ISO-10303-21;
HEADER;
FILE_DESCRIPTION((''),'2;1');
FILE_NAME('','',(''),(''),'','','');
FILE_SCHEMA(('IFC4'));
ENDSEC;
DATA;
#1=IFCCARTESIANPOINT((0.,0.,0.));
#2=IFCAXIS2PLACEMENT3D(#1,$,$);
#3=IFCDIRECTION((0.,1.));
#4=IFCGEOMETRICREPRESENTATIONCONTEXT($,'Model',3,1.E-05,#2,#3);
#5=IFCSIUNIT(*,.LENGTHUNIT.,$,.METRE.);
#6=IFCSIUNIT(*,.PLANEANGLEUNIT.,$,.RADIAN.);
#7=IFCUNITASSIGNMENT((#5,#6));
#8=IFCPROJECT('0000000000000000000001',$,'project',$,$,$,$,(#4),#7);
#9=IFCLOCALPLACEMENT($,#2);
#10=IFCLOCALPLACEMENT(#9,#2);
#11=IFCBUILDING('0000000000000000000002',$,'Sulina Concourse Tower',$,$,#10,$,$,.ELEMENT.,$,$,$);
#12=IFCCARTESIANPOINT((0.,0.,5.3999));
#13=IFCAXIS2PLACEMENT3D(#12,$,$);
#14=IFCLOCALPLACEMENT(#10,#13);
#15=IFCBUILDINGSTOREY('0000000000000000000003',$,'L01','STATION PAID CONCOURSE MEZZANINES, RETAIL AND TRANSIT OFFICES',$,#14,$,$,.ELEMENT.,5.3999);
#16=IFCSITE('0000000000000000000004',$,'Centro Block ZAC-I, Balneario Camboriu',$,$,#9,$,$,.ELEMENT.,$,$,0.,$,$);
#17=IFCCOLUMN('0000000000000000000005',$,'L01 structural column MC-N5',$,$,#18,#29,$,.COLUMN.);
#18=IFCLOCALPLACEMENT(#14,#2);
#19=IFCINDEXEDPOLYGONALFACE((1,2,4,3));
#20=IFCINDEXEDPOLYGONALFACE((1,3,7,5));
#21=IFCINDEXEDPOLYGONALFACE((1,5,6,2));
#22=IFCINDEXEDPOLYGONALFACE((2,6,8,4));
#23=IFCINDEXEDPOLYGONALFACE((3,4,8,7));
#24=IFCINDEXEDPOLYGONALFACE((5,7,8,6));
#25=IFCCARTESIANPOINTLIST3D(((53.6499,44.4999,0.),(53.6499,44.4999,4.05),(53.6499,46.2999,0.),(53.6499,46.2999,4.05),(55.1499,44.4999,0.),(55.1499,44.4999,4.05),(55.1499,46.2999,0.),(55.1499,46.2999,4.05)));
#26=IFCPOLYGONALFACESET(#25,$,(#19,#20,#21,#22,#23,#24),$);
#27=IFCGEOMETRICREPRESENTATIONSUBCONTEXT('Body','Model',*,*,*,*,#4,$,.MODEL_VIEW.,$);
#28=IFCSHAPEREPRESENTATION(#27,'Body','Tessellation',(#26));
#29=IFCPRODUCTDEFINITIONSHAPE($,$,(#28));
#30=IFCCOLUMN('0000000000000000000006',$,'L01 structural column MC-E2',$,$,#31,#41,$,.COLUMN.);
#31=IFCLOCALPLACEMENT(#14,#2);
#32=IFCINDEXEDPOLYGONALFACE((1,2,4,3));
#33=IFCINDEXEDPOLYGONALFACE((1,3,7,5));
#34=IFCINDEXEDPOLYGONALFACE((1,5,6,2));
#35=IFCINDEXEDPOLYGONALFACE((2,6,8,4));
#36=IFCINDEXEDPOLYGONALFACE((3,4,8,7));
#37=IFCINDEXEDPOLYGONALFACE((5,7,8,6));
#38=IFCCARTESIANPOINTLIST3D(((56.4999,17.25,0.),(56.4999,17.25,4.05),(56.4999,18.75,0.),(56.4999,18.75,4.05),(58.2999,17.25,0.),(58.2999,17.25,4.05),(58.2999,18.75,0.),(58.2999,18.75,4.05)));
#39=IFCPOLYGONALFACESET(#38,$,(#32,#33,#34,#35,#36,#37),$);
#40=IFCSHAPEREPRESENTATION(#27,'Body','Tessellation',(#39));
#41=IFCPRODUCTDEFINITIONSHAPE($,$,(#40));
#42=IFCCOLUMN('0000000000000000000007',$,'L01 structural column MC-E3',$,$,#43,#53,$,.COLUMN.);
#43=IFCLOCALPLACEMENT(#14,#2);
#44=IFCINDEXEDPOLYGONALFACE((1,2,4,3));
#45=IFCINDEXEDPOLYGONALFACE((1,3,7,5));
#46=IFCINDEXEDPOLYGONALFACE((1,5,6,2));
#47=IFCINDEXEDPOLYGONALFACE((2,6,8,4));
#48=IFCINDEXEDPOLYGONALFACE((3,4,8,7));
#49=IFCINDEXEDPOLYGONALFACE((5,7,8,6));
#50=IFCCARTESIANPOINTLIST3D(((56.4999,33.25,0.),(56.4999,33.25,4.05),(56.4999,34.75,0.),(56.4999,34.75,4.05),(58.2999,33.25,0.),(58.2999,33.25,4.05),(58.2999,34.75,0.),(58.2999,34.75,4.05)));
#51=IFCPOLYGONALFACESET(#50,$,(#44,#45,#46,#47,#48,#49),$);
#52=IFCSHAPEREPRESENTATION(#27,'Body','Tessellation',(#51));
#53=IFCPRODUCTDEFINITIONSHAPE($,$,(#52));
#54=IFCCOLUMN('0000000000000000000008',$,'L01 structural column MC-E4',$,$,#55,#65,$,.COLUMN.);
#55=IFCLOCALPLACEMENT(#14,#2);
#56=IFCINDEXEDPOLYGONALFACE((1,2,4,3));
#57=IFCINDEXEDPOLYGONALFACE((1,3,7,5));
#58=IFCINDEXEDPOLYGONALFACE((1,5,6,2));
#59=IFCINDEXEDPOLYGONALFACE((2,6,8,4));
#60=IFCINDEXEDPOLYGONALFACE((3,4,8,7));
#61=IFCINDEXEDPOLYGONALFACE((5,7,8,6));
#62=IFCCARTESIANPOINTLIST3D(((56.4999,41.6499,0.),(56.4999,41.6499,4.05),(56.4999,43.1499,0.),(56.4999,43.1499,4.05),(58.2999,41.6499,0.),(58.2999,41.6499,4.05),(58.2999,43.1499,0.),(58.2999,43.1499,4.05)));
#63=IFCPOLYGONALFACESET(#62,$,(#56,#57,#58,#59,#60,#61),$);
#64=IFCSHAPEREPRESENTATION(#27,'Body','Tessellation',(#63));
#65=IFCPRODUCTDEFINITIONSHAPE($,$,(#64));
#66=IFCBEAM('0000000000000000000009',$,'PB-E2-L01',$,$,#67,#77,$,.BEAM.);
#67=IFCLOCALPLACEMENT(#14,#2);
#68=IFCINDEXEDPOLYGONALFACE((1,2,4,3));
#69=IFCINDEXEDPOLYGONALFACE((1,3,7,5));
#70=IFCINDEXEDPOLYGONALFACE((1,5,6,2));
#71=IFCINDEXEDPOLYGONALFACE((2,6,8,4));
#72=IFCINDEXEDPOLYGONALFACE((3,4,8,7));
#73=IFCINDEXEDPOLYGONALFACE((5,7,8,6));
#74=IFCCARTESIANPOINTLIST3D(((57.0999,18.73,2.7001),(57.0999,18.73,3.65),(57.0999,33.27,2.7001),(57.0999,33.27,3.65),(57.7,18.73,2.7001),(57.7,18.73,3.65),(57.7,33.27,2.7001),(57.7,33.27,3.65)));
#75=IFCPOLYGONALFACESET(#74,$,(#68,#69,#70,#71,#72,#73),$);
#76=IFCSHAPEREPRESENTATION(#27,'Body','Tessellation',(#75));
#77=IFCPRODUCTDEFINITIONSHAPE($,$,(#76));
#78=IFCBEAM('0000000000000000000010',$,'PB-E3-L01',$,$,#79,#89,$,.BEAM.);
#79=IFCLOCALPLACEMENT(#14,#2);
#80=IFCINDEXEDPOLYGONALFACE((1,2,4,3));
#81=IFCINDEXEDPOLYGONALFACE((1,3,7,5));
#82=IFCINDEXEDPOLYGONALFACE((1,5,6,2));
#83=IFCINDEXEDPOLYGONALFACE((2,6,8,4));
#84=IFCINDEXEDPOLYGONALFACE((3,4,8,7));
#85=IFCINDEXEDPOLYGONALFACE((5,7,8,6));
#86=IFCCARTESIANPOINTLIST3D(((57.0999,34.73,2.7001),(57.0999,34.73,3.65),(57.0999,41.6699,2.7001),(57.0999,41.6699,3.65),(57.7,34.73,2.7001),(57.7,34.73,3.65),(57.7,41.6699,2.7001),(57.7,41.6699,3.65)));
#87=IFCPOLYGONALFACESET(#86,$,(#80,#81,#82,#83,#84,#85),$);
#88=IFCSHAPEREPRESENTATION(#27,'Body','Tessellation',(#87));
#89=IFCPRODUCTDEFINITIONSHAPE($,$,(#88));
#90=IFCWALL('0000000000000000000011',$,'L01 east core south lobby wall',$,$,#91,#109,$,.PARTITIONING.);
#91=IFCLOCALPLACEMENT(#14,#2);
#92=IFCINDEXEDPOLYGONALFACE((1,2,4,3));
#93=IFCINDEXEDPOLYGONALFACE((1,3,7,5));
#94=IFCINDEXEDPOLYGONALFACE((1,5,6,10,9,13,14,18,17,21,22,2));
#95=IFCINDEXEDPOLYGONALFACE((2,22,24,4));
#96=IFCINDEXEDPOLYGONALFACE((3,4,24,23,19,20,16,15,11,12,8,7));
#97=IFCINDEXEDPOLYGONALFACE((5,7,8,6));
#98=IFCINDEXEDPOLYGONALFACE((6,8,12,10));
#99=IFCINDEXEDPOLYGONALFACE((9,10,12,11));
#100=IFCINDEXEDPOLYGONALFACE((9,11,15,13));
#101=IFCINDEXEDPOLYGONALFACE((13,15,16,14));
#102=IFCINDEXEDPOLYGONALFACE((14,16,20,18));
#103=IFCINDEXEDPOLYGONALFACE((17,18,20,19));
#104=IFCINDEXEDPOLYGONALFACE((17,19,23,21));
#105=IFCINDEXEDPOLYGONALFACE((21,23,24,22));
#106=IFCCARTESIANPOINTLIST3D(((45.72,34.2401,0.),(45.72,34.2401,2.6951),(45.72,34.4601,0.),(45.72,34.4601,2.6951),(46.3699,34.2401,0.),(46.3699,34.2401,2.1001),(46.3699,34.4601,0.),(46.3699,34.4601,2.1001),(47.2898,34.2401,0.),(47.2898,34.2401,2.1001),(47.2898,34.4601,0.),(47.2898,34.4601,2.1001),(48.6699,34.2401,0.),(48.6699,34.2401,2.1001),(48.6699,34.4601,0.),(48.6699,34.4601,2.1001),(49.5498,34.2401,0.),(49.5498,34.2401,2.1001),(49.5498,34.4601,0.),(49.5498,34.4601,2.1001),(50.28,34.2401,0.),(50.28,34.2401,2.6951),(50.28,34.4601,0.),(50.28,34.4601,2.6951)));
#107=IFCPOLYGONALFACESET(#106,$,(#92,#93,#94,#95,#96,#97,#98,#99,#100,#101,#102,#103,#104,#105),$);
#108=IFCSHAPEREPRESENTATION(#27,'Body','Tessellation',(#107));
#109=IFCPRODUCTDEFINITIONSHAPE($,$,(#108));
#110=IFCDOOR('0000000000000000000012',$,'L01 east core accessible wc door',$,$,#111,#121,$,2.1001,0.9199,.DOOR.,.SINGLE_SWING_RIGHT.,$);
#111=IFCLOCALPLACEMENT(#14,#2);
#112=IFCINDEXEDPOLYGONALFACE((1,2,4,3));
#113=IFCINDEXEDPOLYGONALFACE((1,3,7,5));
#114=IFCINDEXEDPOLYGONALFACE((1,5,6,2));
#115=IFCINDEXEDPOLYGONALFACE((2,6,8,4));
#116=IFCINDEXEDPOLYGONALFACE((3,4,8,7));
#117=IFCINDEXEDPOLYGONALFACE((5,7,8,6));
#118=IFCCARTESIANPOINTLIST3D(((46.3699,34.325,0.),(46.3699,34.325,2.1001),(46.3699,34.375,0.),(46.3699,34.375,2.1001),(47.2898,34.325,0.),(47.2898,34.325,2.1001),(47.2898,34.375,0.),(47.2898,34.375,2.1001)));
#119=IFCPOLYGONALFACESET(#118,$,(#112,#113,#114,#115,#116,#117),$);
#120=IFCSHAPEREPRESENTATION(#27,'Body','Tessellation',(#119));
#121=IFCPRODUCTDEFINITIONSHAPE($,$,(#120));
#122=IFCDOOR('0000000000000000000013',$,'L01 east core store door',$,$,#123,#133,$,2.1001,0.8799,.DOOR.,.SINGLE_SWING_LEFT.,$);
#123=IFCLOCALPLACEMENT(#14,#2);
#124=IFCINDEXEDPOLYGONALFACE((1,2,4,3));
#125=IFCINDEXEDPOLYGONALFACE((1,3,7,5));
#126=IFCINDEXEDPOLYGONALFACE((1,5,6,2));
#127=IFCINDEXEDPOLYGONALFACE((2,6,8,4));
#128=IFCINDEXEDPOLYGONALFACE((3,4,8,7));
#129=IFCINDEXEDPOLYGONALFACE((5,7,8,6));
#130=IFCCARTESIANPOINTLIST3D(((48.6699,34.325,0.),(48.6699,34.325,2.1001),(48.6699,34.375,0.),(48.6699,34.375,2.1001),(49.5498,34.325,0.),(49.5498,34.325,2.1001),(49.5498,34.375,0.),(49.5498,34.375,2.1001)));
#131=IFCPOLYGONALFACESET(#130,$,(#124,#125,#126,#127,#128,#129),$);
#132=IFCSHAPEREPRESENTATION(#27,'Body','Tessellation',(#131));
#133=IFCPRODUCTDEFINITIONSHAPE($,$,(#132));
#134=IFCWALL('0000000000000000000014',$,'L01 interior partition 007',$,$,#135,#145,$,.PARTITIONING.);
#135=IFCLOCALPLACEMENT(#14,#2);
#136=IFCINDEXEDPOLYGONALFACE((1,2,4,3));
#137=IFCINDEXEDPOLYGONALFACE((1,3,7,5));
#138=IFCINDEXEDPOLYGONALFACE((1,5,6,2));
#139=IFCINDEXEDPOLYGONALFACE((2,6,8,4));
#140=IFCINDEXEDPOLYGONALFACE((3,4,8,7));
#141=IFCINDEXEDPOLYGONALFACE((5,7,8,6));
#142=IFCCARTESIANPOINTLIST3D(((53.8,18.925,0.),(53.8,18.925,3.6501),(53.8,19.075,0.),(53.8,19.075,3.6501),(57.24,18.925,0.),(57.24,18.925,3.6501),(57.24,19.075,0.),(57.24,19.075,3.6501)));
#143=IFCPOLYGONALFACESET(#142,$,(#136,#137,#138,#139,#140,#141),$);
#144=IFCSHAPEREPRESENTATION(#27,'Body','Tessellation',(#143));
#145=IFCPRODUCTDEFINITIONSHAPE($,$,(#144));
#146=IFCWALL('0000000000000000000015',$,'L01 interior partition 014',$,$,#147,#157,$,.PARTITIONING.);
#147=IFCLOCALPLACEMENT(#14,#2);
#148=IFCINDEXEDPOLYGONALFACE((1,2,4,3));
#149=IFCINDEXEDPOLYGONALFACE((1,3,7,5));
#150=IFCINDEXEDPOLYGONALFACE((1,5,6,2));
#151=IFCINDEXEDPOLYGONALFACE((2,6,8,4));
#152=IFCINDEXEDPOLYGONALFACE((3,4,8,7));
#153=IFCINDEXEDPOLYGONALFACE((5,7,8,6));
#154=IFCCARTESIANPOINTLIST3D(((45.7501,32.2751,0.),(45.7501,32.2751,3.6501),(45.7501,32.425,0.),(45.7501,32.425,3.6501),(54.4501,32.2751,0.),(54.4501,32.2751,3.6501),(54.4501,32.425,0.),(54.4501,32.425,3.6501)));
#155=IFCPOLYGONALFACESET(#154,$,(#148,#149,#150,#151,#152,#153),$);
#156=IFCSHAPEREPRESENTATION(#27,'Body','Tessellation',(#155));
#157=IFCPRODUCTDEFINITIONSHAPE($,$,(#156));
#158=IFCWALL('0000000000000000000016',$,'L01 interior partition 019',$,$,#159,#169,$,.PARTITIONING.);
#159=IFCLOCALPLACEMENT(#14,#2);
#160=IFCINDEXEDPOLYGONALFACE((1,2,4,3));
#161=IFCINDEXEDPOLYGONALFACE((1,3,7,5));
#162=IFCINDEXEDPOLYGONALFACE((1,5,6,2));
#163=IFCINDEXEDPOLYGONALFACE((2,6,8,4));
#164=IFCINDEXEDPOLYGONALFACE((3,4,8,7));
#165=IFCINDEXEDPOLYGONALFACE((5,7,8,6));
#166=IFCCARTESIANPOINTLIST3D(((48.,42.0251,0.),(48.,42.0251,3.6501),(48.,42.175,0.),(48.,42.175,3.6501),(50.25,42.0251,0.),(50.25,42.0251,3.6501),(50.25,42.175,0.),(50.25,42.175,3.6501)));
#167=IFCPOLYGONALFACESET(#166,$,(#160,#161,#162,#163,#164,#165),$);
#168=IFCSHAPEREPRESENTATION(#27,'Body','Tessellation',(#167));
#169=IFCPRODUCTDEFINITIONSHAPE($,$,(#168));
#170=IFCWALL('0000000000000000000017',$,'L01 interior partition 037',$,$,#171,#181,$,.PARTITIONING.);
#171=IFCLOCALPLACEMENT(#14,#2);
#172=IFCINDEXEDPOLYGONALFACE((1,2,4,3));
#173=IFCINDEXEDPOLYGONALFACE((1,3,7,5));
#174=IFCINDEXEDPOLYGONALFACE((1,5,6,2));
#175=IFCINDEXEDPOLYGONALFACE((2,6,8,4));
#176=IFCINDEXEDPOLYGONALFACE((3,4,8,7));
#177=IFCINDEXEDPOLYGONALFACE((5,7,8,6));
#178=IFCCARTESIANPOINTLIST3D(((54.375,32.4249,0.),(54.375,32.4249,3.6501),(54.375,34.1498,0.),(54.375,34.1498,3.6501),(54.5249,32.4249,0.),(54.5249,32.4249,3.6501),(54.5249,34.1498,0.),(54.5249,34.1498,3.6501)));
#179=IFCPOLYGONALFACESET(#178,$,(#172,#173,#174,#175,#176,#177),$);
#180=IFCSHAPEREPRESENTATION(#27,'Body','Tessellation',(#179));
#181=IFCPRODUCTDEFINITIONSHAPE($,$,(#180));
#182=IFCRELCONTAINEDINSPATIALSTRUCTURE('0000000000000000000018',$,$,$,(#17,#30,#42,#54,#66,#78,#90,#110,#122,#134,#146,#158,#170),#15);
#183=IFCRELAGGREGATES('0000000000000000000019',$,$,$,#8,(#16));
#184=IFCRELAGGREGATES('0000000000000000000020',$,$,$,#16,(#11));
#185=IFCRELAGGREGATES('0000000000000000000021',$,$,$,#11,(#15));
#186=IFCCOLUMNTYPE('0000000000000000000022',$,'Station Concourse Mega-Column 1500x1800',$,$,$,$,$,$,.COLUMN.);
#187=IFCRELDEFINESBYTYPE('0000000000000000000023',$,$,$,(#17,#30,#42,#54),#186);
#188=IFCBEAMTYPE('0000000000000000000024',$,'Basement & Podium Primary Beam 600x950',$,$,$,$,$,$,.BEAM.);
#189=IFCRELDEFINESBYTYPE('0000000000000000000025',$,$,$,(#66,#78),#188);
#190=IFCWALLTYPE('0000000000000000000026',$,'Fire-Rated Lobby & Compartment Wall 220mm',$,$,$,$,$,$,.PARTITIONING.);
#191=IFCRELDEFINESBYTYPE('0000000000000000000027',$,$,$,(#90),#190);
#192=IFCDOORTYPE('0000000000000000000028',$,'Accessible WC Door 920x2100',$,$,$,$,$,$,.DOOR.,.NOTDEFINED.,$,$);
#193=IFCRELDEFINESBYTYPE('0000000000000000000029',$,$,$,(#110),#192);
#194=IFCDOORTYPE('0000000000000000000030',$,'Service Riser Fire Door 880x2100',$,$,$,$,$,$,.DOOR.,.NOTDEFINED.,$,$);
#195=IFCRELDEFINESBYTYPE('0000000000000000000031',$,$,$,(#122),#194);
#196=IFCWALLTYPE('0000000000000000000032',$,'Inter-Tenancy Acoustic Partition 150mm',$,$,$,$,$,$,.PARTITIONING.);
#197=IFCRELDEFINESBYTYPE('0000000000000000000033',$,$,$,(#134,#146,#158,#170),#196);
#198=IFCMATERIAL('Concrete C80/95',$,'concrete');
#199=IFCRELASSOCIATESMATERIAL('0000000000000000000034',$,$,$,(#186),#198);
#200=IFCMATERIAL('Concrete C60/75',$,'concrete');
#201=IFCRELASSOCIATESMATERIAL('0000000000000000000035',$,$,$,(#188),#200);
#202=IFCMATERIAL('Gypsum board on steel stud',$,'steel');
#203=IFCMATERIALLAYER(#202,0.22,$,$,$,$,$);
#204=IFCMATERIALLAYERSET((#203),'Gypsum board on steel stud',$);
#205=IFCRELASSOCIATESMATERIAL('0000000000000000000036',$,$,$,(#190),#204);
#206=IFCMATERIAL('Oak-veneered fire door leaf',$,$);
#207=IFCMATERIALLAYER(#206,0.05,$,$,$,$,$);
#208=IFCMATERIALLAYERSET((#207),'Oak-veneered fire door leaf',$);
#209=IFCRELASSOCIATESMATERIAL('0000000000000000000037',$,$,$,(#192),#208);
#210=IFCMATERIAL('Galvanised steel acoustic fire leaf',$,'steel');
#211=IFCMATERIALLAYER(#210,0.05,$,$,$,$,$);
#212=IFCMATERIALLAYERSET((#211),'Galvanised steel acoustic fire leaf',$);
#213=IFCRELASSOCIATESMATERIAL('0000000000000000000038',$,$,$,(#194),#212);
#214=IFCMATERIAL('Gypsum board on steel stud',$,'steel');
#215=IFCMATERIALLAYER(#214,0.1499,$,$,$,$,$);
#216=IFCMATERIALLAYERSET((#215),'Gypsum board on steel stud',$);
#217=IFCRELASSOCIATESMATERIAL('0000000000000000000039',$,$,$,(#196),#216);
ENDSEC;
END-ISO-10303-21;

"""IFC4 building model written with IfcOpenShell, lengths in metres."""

from ifc_helpers import new_model, si_unit, direction, frame, frame_2d, origin, origin_2d, place, context, subcontext, project, spatial, rectangle, extrude, material, layer, layer_set, material_profile, profile_set, type_object, element, fill, save


model = new_model("IFC4")

# Units and contexts
model_context = context("Model", 3, precision=1e-05, world=origin(), true_north=direction((0.0, 1.0)))
body_context = subcontext(model_context, "Body", "Model", "MODEL_VIEW")
ifc_project = project(units=[si_unit("LENGTHUNIT", "METRE"), si_unit("PLANEANGLEUNIT", "RADIAN")], contexts=[model_context])

# Site, building, storey
site_placement = place(None, origin())
site = spatial("IfcSite", under=ifc_project, at=site_placement, Name="Centro Block ZAC-I, Balneario Camboriu", CompositionType="ELEMENT", RefElevation=0.0)
building_placement = place(site_placement, origin())
building = spatial("IfcBuilding", under=site, at=building_placement, Name="Sulina Concourse Tower", CompositionType="ELEMENT")
storey_placement = place(building_placement, frame((0.0, 0.0, 5.3999)))
storey = spatial("IfcBuildingStorey", under=building, at=storey_placement, Name="L01", Description="STATION PAID CONCOURSE MEZZANINES, RETAIL AND TRANSIT OFFICES", CompositionType="ELEMENT", Elevation=5.3999)

# Columns
ifc_material_1 = material(Name="Concrete C80/95", Category="concrete")
ifc_material_profile_1 = material_profile(ifc_material_1, rectangle(XDim=1.5, YDim=1.8, at=origin_2d()), Name="RC 1500x1800")
ifc_profile_set_1 = profile_set([ifc_material_profile_1], Name="Concrete C80/95")
column_type = type_object("IfcColumnType", Name="Station Concourse Mega-Column 1500x1800", PredefinedType="COLUMN", material=ifc_profile_set_1)
for number, where, z_axis, x_axis, name in (
    (1, (54.3999, 45.3999, 0.0), (0.0, 0.0, 1.0), (1.0, 0.0, 0.0), "L01 structural column MC-N5"),
    (2, (57.3999, 18.0, 0.0), (0.0, 0.0, 1.0), (0.0, 1.0, 0.0), "L01 structural column MC-E2"),
    (3, (57.3999, 34.0, 0.0), (0.0, 0.0, 1.0), (0.0, 1.0, 0.0), "L01 structural column MC-E3"),
    (4, (57.3999, 42.3999, 0.0), (0.0, 0.0, 1.0), (0.0, 1.0, 0.0), "L01 structural column MC-E4"),
):
    element("IfcColumn", number, at=place(storey_placement, frame(where, z_axis=z_axis, x_axis=x_axis)), inside=storey, type_object=column_type, Name=name, PredefinedType="COLUMN", context=body_context, shape_type="SweptSolid", body=[
        extrude(rectangle(XDim=1.5, YDim=1.8, at=origin_2d()), origin(), (0.0, 0.0, 1.0), 4.05),
    ])

# Beams
ifc_material_2 = material(Name="Concrete C60/75", Category="concrete")
ifc_material_profile_2 = material_profile(ifc_material_2, rectangle(XDim=0.6001, YDim=0.95, at=origin_2d()), Name="RC 600x950")
ifc_profile_set_2 = profile_set([ifc_material_profile_2], Name="Concrete C60/75")
beam_type = type_object("IfcBeamType", Name="Basement & Podium Primary Beam 600x950", PredefinedType="BEAM", material=ifc_profile_set_2)
beam_1_placement = place(storey_placement, frame((57.3999, 18.73, 3.175), z_axis=(0.0, 1.0, 0.0), x_axis=(-1.0, 0.0, 0.0)))
element("IfcBeam", 5, at=beam_1_placement, inside=storey, type_object=beam_type, Name="PB-E2-L01", PredefinedType="BEAM", context=body_context, shape_type="SweptSolid", body=[
    extrude(rectangle(XDim=0.6001, YDim=0.95, at=origin_2d()), origin(), (0.0, 0.0, 1.0), 14.54),
])
beam_2_placement = place(storey_placement, frame((57.3999, 34.73, 3.175), z_axis=(0.0, 1.0, 0.0), x_axis=(-1.0, 0.0, 0.0)))
element("IfcBeam", 6, at=beam_2_placement, inside=storey, type_object=beam_type, Name="PB-E3-L01", PredefinedType="BEAM", context=body_context, shape_type="SweptSolid", body=[
    extrude(rectangle(XDim=0.6001, YDim=0.95, at=origin_2d()), origin(), (0.0, 0.0, 1.0), 6.9399),
])

# Wall, openings, doors
ifc_material_3 = material(Name="Gypsum board on steel stud", Category="steel")
ifc_layer_1 = layer(ifc_material_3, 0.22)
ifc_layer_set_1 = layer_set([ifc_layer_1], Name="Gypsum board on steel stud")
wall_type_1 = type_object("IfcWallType", Name="Fire-Rated Lobby & Compartment Wall 220mm", PredefinedType="PARTITIONING", material=ifc_layer_set_1)
wall_1_placement = place(storey_placement, frame((45.72, 34.3501, 0.0), z_axis=(0.0, 0.0, 1.0), x_axis=(1.0, 0.0, 0.0)))
wall_1 = element("IfcWall", 7, at=wall_1_placement, inside=storey, type_object=wall_type_1, Name="L01 east core south lobby wall", PredefinedType="PARTITIONING", context=body_context, shape_type="SweptSolid", body=[
    extrude(rectangle(XDim=4.5601, YDim=0.22, at=frame_2d((2.28, 0.0))), origin(), (0.0, 0.0, 1.0), 2.6951),
])
opening_1_placement = place(wall_1_placement, frame((0.6499, 0.0, 0.0)))
opening_1 = element("IfcOpeningElement", 8, at=opening_1_placement, cuts=wall_1, PredefinedType="OPENING", context=body_context, shape_type="SweptSolid", body=[
    extrude(rectangle(XDim=0.9199, YDim=2.1001, at=frame_2d((0.46, 1.05))), frame((0.0, 0.1199, 0.0), z_axis=(0.0, -1.0, 0.0), x_axis=(1.0, 0.0, 0.0)), (0.0, 0.0, 1.0), 0.24),
])
opening_2_placement = place(wall_1_placement, frame((2.95, 0.0, 0.0)))
opening_2 = element("IfcOpeningElement", 9, at=opening_2_placement, cuts=wall_1, PredefinedType="OPENING", context=body_context, shape_type="SweptSolid", body=[
    extrude(rectangle(XDim=0.8799, YDim=2.1001, at=frame_2d((0.4399, 1.05))), frame((0.0, 0.1199, 0.0), z_axis=(0.0, -1.0, 0.0), x_axis=(1.0, 0.0, 0.0)), (0.0, 0.0, 1.0), 0.24),
])
ifc_material_4 = material(Name="Oak-veneered fire door leaf")
ifc_layer_2 = layer(ifc_material_4, 0.05)
ifc_layer_set_2 = layer_set([ifc_layer_2], Name="Oak-veneered fire door leaf")
door_type_1 = type_object("IfcDoorType", Name="Accessible WC Door 920x2100", OperationType="NOTDEFINED", PredefinedType="DOOR", material=ifc_layer_set_2)
door_1_placement = place(opening_1_placement, origin())
door_1 = element("IfcDoor", 10, at=door_1_placement, inside=storey, type_object=door_type_1, Name="L01 east core accessible wc door", OperationType="SINGLE_SWING_RIGHT", OverallHeight=2.1001, OverallWidth=0.9199, PredefinedType="DOOR", context=body_context, shape_type="SweptSolid", body=[
    extrude(rectangle(XDim=0.9199, YDim=2.1001, at=frame_2d((0.46, 1.05))), frame((0.0, 0.0249, 0.0), z_axis=(0.0, -1.0, 0.0), x_axis=(1.0, 0.0, 0.0)), (0.0, 0.0, 1.0), 0.05),
])
fill(opening_1, door_1)
ifc_material_5 = material(Name="Galvanised steel acoustic fire leaf", Category="steel")
ifc_layer_3 = layer(ifc_material_5, 0.05)
ifc_layer_set_3 = layer_set([ifc_layer_3], Name="Galvanised steel acoustic fire leaf")
door_type_2 = type_object("IfcDoorType", Name="Service Riser Fire Door 880x2100", OperationType="NOTDEFINED", PredefinedType="DOOR", material=ifc_layer_set_3)
door_2_placement = place(opening_2_placement, origin())
door_2 = element("IfcDoor", 11, at=door_2_placement, inside=storey, type_object=door_type_2, Name="L01 east core store door", OperationType="SINGLE_SWING_LEFT", OverallHeight=2.1001, OverallWidth=0.8799, PredefinedType="DOOR", context=body_context, shape_type="SweptSolid", body=[
    extrude(rectangle(XDim=0.8799, YDim=2.1001, at=frame_2d((0.4399, 1.05))), frame((0.0, 0.0249, 0.0), z_axis=(0.0, -1.0, 0.0), x_axis=(1.0, 0.0, 0.0)), (0.0, 0.0, 1.0), 0.05),
])
fill(opening_2, door_2)

# Walls
ifc_material_6 = material(Name="Gypsum board on steel stud", Category="steel")
ifc_layer_4 = layer(ifc_material_6, 0.1499)
ifc_layer_set_4 = layer_set([ifc_layer_4], Name="Gypsum board on steel stud")
wall_type_2 = type_object("IfcWallType", Name="Inter-Tenancy Acoustic Partition 150mm", PredefinedType="PARTITIONING", material=ifc_layer_set_4)
wall_2_placement = place(storey_placement, frame((53.8, 19.0, 0.0), z_axis=(0.0, 0.0, 1.0), x_axis=(1.0, 0.0, 0.0)))
element("IfcWall", 12, at=wall_2_placement, inside=storey, type_object=wall_type_2, Name="L01 interior partition 007", PredefinedType="PARTITIONING", context=body_context, shape_type="SweptSolid", body=[
    extrude(rectangle(XDim=3.4399, YDim=0.1499, at=frame_2d((1.72, 0.0))), origin(), (0.0, 0.0, 1.0), 3.6501),
])
wall_3_placement = place(storey_placement, frame((45.75, 32.3501, 0.0), z_axis=(0.0, 0.0, 1.0), x_axis=(1.0, 0.0, 0.0)))
element("IfcWall", 13, at=wall_3_placement, inside=storey, type_object=wall_type_2, Name="L01 interior partition 014", PredefinedType="PARTITIONING", context=body_context, shape_type="SweptSolid", body=[
    extrude(rectangle(XDim=8.7, YDim=0.1499, at=frame_2d((4.3501, 0.0))), origin(), (0.0, 0.0, 1.0), 3.6501),
])
wall_4_placement = place(storey_placement, frame((48.0, 42.1001, 0.0), z_axis=(0.0, 0.0, 1.0), x_axis=(1.0, 0.0, 0.0)))
element("IfcWall", 14, at=wall_4_placement, inside=storey, type_object=wall_type_2, Name="L01 interior partition 019", PredefinedType="PARTITIONING", context=body_context, shape_type="SweptSolid", body=[
    extrude(rectangle(XDim=2.25, YDim=0.1499, at=frame_2d((1.125, 0.0))), origin(), (0.0, 0.0, 1.0), 3.6501),
])
wall_5_placement = place(storey_placement, frame((54.45, 32.425, 0.0), z_axis=(0.0, 0.0, 1.0), x_axis=(0.0, 1.0, 0.0)))
element("IfcWall", 15, at=wall_5_placement, inside=storey, type_object=wall_type_2, Name="L01 interior partition 037", PredefinedType="PARTITIONING", context=body_context, shape_type="SweptSolid", body=[
    extrude(rectangle(XDim=1.7249, YDim=0.1499, at=frame_2d((0.8623, 0.0))), origin(), (0.0, 0.0, 1.0), 3.6501),
])

save(model, "model.ifc")
